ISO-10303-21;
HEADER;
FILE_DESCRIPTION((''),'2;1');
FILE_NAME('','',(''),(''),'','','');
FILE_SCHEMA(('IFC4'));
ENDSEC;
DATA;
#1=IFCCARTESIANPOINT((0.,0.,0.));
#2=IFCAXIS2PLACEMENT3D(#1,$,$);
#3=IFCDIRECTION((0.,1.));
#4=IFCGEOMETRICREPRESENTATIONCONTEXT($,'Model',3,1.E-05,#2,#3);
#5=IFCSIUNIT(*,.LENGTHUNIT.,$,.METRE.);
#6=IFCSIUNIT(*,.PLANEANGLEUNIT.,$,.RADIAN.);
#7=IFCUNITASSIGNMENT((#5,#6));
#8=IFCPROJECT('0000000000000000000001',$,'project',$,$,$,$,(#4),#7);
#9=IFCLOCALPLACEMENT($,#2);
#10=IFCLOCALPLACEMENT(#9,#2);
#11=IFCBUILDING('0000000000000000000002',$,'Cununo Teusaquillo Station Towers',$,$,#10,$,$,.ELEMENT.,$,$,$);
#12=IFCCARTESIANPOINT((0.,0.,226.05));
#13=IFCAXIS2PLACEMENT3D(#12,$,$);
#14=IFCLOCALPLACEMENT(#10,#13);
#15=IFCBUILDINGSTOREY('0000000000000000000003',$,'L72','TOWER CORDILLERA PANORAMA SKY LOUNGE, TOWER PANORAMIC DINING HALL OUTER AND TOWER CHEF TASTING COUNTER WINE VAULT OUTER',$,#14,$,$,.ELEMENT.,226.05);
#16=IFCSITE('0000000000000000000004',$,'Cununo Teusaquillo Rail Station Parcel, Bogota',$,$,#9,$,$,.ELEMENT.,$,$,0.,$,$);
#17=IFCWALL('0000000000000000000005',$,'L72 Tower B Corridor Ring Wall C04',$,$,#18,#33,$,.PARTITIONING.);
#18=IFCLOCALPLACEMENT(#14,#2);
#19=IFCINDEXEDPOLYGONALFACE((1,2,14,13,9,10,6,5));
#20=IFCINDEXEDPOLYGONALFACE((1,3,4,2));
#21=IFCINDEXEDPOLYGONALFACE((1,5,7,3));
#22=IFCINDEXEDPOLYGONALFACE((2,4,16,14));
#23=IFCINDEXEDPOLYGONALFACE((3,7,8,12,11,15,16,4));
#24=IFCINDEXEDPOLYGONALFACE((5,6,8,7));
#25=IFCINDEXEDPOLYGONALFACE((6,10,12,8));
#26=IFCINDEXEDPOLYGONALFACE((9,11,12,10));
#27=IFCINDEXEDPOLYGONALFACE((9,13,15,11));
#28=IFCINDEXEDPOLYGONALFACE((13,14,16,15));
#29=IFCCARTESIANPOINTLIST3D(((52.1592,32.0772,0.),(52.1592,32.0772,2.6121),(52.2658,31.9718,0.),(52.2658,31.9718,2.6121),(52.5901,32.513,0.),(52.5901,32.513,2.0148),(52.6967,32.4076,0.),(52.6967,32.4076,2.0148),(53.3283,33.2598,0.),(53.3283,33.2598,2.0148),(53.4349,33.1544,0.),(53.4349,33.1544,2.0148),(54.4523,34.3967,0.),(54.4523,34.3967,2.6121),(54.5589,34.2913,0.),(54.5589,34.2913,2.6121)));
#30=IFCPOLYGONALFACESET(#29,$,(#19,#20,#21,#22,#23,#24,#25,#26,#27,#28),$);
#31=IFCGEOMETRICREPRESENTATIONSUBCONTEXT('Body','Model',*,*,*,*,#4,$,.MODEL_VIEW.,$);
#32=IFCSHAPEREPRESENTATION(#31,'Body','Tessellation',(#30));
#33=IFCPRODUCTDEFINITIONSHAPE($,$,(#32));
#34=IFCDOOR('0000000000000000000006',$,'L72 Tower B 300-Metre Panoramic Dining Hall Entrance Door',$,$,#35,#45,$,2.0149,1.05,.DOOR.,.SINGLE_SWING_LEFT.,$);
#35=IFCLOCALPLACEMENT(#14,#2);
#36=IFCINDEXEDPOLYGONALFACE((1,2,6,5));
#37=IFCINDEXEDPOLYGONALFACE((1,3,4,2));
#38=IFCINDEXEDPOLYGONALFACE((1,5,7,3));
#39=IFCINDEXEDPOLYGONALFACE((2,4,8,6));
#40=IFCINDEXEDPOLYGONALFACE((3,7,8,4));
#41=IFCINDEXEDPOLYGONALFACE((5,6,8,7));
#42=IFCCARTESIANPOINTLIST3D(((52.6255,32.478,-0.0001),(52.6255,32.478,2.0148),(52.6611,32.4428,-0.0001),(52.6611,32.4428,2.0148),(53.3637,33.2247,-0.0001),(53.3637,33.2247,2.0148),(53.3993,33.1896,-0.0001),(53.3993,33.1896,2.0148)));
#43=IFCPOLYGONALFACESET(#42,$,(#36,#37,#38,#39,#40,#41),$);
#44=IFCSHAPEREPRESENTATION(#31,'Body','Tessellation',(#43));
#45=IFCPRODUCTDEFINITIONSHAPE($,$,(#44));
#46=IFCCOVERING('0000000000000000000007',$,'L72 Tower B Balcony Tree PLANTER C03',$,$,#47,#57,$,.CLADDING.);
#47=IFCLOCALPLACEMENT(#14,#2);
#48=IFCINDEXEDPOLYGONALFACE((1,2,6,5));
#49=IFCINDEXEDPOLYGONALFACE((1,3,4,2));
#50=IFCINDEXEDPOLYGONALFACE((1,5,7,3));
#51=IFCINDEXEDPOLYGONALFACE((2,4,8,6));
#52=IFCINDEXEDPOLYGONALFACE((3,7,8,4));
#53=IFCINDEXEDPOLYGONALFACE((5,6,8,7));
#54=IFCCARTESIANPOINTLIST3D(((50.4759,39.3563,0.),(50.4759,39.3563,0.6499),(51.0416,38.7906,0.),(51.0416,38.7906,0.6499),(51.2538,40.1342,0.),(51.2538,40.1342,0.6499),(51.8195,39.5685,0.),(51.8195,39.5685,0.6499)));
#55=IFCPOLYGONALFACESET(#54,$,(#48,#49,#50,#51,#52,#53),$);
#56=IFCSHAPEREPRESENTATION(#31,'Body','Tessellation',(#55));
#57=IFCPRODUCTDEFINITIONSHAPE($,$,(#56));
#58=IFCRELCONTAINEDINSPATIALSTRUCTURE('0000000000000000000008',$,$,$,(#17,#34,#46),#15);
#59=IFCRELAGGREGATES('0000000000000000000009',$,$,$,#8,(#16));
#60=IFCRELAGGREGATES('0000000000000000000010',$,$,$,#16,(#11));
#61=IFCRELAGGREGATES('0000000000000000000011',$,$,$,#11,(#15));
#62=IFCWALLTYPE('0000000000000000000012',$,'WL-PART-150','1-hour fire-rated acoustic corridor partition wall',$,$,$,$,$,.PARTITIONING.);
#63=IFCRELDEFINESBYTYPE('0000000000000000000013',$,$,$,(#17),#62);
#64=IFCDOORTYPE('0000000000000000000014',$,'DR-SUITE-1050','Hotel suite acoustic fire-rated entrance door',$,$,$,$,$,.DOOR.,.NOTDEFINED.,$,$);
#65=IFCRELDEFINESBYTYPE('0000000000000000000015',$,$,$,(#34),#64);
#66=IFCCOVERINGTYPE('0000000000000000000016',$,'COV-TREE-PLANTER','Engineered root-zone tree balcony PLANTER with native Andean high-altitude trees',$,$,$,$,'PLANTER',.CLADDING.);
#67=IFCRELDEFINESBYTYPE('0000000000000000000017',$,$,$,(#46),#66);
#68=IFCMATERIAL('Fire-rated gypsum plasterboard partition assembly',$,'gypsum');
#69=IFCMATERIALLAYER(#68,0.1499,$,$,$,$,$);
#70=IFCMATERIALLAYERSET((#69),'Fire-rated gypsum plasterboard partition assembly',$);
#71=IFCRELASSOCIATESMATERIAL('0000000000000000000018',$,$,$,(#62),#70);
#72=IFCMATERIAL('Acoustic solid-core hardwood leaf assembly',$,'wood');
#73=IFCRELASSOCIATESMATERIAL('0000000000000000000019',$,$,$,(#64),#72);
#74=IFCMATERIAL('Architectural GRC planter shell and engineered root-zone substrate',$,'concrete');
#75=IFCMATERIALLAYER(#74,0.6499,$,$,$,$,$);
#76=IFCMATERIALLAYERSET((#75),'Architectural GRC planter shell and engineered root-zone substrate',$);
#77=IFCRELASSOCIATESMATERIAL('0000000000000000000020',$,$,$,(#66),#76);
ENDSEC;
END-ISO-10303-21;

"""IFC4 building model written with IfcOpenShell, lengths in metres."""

from ifc_helpers import new_model, si_unit, direction, frame, frame_2d, origin, origin_2d, place, context, subcontext, project, spatial, rectangle, extrude, source, transform, mapped, material, layer, layer_set, type_object, element, fill, save


model = new_model("IFC4")

# Units and contexts
model_context = context("Model", 3, precision=1e-05, world=origin(), true_north=direction((0.0, 1.0)))
body_context = subcontext(model_context, "Body", "Model", "MODEL_VIEW")
ifc_project = project(units=[si_unit("LENGTHUNIT", "METRE"), si_unit("PLANEANGLEUNIT", "RADIAN")], contexts=[model_context])

# Site, building, storey
site_placement = place(None, origin())
site = spatial("IfcSite", under=ifc_project, at=site_placement, Name="Cununo Teusaquillo Rail Station Parcel, Bogota", CompositionType="ELEMENT", RefElevation=0.0)
building_placement = place(site_placement, origin())
building = spatial("IfcBuilding", under=site, at=building_placement, Name="Cununo Teusaquillo Station Towers", CompositionType="ELEMENT")
storey_placement = place(building_placement, frame((0.0, 0.0, 226.05)))
storey = spatial("IfcBuildingStorey", under=building, at=storey_placement, Name="L72", Description="TOWER CORDILLERA PANORAMA SKY LOUNGE, TOWER PANORAMIC DINING HALL OUTER AND TOWER CHEF TASTING COUNTER WINE VAULT OUTER", CompositionType="ELEMENT", Elevation=226.05)

# Shared definitions
ifc_material_1 = material(Name="Fire-rated gypsum plasterboard partition assembly", Category="gypsum")
ifc_layer_1 = layer(ifc_material_1, 0.1499)
ifc_layer_set_1 = layer_set([ifc_layer_1], Name="Fire-rated gypsum plasterboard partition assembly")
wall_type_1 = type_object("IfcWallType", Name="WL-PART-150", Description="1-hour fire-rated acoustic corridor partition wall", PredefinedType="PARTITIONING", material=ifc_layer_set_1)

# Wall, opening, door
wall_1_placement = place(storey_placement, frame((54.5056, 34.344, 0.0), z_axis=(0.0, 0.0, 1.0), x_axis=(-0.703053, -0.711137, 0.0)))
wall_1 = element("IfcWall", 1, at=wall_1_placement, inside=storey, type_object=wall_type_1, Name="L72 Tower B Corridor Ring Wall C04", PredefinedType="PARTITIONING", context=body_context, shape_type="SweptSolid", body=[
    extrude(rectangle(XDim=3.2617, YDim=0.1499, at=frame_2d((1.6309, 0.0))), origin(), (0.0, 0.0, 1.0), 2.6121),
])
shared_shape_1 = source(origin(), body_context, "Body", "SweptSolid", [
    extrude(rectangle(XDim=1.05, YDim=2.0149, at=frame_2d((0.5249, 1.0073))), frame((0.0, 0.085, 0.0), z_axis=(0.0, -1.0, 0.0), x_axis=(1.0, 0.0, 0.0)), (0.0, 0.0, 1.0), 0.1699),
])
opening_1_placement = place(wall_1_placement, frame((1.5989, 0.0, 0.0)))
opening_1 = element("IfcOpeningElement", 2, at=opening_1_placement, cuts=wall_1, PredefinedType="OPENING", context=body_context, shape_type="MappedRepresentation", body=[
    mapped(shared_shape_1, transform((0.0, 0.0, 0.0), x_axis=(1.0, 0.0, 0.0), y_axis=(0.0, 1.0, 0.0), z_axis=(0.0, 0.0, 1.0), scale=1.0)),
])
ifc_material_2 = material(Name="Acoustic solid-core hardwood leaf assembly", Category="wood")
door_type_1 = type_object("IfcDoorType", Name="DR-SUITE-1050", Description="Hotel suite acoustic fire-rated entrance door", OperationType="NOTDEFINED", PredefinedType="DOOR", material=ifc_material_2)
shared_shape_2 = source(origin(), body_context, "Body", "SweptSolid", [
    extrude(rectangle(XDim=1.05, YDim=2.0149, at=frame_2d((0.5249, 1.0073))), frame((0.0, 0.0249, 0.0), z_axis=(0.0, -1.0, 0.0), x_axis=(1.0, 0.0, 0.0)), (0.0, 0.0, 1.0), 0.05),
])
door_1_placement = place(opening_1_placement, origin())
door_1 = element("IfcDoor", 3, at=door_1_placement, inside=storey, type_object=door_type_1, Name="L72 Tower B 300-Metre Panoramic Dining Hall Entrance Door", OperationType="SINGLE_SWING_LEFT", OverallHeight=2.0149, OverallWidth=1.05, PredefinedType="DOOR", context=body_context, shape_type="MappedRepresentation", body=[
    mapped(shared_shape_2, transform((0.0, 0.0, 0.0), x_axis=(1.0, 0.0, 0.0), y_axis=(0.0, 1.0, 0.0), z_axis=(0.0, 0.0, 1.0), scale=1.0)),
])
fill(opening_1, door_1)

# Covering
ifc_material_3 = material(Name="Architectural GRC planter shell and engineered root-zone substrate", Category="concrete")
ifc_layer_2 = layer(ifc_material_3, 0.6499)
ifc_layer_set_2 = layer_set([ifc_layer_2], Name="Architectural GRC planter shell and engineered root-zone substrate")
covering_type = type_object("IfcCoveringType", Name="COV-TREE-PLANTER", Description="Engineered root-zone tree balcony PLANTER with native Andean high-altitude trees", ElementType="PLANTER", PredefinedType="CLADDING", material=ifc_layer_set_2)
shared_shape_3 = source(origin(), body_context, "Body", "SweptSolid", [
    extrude(rectangle(XDim=1.1001, YDim=0.8, at=origin_2d()), origin(), (0.0, 0.0, 1.0), 0.6499),
])
covering_placement = place(storey_placement, frame((51.1477, 39.4624, 0.0), z_axis=(0.0, 0.0, 1.0), x_axis=(0.707107, 0.707107, 0.0)))
element("IfcCovering", 4, at=covering_placement, inside=storey, type_object=covering_type, Name="L72 Tower B Balcony Tree PLANTER C03", PredefinedType="CLADDING", context=body_context, shape_type="MappedRepresentation", body=[
    mapped(shared_shape_3, transform((0.0, 0.0, 0.0), x_axis=(1.0, 0.0, 0.0), y_axis=(0.0, 1.0, 0.0), z_axis=(0.0, 0.0, 1.0), scale=1.0)),
])

save(model, "model.ifc")
